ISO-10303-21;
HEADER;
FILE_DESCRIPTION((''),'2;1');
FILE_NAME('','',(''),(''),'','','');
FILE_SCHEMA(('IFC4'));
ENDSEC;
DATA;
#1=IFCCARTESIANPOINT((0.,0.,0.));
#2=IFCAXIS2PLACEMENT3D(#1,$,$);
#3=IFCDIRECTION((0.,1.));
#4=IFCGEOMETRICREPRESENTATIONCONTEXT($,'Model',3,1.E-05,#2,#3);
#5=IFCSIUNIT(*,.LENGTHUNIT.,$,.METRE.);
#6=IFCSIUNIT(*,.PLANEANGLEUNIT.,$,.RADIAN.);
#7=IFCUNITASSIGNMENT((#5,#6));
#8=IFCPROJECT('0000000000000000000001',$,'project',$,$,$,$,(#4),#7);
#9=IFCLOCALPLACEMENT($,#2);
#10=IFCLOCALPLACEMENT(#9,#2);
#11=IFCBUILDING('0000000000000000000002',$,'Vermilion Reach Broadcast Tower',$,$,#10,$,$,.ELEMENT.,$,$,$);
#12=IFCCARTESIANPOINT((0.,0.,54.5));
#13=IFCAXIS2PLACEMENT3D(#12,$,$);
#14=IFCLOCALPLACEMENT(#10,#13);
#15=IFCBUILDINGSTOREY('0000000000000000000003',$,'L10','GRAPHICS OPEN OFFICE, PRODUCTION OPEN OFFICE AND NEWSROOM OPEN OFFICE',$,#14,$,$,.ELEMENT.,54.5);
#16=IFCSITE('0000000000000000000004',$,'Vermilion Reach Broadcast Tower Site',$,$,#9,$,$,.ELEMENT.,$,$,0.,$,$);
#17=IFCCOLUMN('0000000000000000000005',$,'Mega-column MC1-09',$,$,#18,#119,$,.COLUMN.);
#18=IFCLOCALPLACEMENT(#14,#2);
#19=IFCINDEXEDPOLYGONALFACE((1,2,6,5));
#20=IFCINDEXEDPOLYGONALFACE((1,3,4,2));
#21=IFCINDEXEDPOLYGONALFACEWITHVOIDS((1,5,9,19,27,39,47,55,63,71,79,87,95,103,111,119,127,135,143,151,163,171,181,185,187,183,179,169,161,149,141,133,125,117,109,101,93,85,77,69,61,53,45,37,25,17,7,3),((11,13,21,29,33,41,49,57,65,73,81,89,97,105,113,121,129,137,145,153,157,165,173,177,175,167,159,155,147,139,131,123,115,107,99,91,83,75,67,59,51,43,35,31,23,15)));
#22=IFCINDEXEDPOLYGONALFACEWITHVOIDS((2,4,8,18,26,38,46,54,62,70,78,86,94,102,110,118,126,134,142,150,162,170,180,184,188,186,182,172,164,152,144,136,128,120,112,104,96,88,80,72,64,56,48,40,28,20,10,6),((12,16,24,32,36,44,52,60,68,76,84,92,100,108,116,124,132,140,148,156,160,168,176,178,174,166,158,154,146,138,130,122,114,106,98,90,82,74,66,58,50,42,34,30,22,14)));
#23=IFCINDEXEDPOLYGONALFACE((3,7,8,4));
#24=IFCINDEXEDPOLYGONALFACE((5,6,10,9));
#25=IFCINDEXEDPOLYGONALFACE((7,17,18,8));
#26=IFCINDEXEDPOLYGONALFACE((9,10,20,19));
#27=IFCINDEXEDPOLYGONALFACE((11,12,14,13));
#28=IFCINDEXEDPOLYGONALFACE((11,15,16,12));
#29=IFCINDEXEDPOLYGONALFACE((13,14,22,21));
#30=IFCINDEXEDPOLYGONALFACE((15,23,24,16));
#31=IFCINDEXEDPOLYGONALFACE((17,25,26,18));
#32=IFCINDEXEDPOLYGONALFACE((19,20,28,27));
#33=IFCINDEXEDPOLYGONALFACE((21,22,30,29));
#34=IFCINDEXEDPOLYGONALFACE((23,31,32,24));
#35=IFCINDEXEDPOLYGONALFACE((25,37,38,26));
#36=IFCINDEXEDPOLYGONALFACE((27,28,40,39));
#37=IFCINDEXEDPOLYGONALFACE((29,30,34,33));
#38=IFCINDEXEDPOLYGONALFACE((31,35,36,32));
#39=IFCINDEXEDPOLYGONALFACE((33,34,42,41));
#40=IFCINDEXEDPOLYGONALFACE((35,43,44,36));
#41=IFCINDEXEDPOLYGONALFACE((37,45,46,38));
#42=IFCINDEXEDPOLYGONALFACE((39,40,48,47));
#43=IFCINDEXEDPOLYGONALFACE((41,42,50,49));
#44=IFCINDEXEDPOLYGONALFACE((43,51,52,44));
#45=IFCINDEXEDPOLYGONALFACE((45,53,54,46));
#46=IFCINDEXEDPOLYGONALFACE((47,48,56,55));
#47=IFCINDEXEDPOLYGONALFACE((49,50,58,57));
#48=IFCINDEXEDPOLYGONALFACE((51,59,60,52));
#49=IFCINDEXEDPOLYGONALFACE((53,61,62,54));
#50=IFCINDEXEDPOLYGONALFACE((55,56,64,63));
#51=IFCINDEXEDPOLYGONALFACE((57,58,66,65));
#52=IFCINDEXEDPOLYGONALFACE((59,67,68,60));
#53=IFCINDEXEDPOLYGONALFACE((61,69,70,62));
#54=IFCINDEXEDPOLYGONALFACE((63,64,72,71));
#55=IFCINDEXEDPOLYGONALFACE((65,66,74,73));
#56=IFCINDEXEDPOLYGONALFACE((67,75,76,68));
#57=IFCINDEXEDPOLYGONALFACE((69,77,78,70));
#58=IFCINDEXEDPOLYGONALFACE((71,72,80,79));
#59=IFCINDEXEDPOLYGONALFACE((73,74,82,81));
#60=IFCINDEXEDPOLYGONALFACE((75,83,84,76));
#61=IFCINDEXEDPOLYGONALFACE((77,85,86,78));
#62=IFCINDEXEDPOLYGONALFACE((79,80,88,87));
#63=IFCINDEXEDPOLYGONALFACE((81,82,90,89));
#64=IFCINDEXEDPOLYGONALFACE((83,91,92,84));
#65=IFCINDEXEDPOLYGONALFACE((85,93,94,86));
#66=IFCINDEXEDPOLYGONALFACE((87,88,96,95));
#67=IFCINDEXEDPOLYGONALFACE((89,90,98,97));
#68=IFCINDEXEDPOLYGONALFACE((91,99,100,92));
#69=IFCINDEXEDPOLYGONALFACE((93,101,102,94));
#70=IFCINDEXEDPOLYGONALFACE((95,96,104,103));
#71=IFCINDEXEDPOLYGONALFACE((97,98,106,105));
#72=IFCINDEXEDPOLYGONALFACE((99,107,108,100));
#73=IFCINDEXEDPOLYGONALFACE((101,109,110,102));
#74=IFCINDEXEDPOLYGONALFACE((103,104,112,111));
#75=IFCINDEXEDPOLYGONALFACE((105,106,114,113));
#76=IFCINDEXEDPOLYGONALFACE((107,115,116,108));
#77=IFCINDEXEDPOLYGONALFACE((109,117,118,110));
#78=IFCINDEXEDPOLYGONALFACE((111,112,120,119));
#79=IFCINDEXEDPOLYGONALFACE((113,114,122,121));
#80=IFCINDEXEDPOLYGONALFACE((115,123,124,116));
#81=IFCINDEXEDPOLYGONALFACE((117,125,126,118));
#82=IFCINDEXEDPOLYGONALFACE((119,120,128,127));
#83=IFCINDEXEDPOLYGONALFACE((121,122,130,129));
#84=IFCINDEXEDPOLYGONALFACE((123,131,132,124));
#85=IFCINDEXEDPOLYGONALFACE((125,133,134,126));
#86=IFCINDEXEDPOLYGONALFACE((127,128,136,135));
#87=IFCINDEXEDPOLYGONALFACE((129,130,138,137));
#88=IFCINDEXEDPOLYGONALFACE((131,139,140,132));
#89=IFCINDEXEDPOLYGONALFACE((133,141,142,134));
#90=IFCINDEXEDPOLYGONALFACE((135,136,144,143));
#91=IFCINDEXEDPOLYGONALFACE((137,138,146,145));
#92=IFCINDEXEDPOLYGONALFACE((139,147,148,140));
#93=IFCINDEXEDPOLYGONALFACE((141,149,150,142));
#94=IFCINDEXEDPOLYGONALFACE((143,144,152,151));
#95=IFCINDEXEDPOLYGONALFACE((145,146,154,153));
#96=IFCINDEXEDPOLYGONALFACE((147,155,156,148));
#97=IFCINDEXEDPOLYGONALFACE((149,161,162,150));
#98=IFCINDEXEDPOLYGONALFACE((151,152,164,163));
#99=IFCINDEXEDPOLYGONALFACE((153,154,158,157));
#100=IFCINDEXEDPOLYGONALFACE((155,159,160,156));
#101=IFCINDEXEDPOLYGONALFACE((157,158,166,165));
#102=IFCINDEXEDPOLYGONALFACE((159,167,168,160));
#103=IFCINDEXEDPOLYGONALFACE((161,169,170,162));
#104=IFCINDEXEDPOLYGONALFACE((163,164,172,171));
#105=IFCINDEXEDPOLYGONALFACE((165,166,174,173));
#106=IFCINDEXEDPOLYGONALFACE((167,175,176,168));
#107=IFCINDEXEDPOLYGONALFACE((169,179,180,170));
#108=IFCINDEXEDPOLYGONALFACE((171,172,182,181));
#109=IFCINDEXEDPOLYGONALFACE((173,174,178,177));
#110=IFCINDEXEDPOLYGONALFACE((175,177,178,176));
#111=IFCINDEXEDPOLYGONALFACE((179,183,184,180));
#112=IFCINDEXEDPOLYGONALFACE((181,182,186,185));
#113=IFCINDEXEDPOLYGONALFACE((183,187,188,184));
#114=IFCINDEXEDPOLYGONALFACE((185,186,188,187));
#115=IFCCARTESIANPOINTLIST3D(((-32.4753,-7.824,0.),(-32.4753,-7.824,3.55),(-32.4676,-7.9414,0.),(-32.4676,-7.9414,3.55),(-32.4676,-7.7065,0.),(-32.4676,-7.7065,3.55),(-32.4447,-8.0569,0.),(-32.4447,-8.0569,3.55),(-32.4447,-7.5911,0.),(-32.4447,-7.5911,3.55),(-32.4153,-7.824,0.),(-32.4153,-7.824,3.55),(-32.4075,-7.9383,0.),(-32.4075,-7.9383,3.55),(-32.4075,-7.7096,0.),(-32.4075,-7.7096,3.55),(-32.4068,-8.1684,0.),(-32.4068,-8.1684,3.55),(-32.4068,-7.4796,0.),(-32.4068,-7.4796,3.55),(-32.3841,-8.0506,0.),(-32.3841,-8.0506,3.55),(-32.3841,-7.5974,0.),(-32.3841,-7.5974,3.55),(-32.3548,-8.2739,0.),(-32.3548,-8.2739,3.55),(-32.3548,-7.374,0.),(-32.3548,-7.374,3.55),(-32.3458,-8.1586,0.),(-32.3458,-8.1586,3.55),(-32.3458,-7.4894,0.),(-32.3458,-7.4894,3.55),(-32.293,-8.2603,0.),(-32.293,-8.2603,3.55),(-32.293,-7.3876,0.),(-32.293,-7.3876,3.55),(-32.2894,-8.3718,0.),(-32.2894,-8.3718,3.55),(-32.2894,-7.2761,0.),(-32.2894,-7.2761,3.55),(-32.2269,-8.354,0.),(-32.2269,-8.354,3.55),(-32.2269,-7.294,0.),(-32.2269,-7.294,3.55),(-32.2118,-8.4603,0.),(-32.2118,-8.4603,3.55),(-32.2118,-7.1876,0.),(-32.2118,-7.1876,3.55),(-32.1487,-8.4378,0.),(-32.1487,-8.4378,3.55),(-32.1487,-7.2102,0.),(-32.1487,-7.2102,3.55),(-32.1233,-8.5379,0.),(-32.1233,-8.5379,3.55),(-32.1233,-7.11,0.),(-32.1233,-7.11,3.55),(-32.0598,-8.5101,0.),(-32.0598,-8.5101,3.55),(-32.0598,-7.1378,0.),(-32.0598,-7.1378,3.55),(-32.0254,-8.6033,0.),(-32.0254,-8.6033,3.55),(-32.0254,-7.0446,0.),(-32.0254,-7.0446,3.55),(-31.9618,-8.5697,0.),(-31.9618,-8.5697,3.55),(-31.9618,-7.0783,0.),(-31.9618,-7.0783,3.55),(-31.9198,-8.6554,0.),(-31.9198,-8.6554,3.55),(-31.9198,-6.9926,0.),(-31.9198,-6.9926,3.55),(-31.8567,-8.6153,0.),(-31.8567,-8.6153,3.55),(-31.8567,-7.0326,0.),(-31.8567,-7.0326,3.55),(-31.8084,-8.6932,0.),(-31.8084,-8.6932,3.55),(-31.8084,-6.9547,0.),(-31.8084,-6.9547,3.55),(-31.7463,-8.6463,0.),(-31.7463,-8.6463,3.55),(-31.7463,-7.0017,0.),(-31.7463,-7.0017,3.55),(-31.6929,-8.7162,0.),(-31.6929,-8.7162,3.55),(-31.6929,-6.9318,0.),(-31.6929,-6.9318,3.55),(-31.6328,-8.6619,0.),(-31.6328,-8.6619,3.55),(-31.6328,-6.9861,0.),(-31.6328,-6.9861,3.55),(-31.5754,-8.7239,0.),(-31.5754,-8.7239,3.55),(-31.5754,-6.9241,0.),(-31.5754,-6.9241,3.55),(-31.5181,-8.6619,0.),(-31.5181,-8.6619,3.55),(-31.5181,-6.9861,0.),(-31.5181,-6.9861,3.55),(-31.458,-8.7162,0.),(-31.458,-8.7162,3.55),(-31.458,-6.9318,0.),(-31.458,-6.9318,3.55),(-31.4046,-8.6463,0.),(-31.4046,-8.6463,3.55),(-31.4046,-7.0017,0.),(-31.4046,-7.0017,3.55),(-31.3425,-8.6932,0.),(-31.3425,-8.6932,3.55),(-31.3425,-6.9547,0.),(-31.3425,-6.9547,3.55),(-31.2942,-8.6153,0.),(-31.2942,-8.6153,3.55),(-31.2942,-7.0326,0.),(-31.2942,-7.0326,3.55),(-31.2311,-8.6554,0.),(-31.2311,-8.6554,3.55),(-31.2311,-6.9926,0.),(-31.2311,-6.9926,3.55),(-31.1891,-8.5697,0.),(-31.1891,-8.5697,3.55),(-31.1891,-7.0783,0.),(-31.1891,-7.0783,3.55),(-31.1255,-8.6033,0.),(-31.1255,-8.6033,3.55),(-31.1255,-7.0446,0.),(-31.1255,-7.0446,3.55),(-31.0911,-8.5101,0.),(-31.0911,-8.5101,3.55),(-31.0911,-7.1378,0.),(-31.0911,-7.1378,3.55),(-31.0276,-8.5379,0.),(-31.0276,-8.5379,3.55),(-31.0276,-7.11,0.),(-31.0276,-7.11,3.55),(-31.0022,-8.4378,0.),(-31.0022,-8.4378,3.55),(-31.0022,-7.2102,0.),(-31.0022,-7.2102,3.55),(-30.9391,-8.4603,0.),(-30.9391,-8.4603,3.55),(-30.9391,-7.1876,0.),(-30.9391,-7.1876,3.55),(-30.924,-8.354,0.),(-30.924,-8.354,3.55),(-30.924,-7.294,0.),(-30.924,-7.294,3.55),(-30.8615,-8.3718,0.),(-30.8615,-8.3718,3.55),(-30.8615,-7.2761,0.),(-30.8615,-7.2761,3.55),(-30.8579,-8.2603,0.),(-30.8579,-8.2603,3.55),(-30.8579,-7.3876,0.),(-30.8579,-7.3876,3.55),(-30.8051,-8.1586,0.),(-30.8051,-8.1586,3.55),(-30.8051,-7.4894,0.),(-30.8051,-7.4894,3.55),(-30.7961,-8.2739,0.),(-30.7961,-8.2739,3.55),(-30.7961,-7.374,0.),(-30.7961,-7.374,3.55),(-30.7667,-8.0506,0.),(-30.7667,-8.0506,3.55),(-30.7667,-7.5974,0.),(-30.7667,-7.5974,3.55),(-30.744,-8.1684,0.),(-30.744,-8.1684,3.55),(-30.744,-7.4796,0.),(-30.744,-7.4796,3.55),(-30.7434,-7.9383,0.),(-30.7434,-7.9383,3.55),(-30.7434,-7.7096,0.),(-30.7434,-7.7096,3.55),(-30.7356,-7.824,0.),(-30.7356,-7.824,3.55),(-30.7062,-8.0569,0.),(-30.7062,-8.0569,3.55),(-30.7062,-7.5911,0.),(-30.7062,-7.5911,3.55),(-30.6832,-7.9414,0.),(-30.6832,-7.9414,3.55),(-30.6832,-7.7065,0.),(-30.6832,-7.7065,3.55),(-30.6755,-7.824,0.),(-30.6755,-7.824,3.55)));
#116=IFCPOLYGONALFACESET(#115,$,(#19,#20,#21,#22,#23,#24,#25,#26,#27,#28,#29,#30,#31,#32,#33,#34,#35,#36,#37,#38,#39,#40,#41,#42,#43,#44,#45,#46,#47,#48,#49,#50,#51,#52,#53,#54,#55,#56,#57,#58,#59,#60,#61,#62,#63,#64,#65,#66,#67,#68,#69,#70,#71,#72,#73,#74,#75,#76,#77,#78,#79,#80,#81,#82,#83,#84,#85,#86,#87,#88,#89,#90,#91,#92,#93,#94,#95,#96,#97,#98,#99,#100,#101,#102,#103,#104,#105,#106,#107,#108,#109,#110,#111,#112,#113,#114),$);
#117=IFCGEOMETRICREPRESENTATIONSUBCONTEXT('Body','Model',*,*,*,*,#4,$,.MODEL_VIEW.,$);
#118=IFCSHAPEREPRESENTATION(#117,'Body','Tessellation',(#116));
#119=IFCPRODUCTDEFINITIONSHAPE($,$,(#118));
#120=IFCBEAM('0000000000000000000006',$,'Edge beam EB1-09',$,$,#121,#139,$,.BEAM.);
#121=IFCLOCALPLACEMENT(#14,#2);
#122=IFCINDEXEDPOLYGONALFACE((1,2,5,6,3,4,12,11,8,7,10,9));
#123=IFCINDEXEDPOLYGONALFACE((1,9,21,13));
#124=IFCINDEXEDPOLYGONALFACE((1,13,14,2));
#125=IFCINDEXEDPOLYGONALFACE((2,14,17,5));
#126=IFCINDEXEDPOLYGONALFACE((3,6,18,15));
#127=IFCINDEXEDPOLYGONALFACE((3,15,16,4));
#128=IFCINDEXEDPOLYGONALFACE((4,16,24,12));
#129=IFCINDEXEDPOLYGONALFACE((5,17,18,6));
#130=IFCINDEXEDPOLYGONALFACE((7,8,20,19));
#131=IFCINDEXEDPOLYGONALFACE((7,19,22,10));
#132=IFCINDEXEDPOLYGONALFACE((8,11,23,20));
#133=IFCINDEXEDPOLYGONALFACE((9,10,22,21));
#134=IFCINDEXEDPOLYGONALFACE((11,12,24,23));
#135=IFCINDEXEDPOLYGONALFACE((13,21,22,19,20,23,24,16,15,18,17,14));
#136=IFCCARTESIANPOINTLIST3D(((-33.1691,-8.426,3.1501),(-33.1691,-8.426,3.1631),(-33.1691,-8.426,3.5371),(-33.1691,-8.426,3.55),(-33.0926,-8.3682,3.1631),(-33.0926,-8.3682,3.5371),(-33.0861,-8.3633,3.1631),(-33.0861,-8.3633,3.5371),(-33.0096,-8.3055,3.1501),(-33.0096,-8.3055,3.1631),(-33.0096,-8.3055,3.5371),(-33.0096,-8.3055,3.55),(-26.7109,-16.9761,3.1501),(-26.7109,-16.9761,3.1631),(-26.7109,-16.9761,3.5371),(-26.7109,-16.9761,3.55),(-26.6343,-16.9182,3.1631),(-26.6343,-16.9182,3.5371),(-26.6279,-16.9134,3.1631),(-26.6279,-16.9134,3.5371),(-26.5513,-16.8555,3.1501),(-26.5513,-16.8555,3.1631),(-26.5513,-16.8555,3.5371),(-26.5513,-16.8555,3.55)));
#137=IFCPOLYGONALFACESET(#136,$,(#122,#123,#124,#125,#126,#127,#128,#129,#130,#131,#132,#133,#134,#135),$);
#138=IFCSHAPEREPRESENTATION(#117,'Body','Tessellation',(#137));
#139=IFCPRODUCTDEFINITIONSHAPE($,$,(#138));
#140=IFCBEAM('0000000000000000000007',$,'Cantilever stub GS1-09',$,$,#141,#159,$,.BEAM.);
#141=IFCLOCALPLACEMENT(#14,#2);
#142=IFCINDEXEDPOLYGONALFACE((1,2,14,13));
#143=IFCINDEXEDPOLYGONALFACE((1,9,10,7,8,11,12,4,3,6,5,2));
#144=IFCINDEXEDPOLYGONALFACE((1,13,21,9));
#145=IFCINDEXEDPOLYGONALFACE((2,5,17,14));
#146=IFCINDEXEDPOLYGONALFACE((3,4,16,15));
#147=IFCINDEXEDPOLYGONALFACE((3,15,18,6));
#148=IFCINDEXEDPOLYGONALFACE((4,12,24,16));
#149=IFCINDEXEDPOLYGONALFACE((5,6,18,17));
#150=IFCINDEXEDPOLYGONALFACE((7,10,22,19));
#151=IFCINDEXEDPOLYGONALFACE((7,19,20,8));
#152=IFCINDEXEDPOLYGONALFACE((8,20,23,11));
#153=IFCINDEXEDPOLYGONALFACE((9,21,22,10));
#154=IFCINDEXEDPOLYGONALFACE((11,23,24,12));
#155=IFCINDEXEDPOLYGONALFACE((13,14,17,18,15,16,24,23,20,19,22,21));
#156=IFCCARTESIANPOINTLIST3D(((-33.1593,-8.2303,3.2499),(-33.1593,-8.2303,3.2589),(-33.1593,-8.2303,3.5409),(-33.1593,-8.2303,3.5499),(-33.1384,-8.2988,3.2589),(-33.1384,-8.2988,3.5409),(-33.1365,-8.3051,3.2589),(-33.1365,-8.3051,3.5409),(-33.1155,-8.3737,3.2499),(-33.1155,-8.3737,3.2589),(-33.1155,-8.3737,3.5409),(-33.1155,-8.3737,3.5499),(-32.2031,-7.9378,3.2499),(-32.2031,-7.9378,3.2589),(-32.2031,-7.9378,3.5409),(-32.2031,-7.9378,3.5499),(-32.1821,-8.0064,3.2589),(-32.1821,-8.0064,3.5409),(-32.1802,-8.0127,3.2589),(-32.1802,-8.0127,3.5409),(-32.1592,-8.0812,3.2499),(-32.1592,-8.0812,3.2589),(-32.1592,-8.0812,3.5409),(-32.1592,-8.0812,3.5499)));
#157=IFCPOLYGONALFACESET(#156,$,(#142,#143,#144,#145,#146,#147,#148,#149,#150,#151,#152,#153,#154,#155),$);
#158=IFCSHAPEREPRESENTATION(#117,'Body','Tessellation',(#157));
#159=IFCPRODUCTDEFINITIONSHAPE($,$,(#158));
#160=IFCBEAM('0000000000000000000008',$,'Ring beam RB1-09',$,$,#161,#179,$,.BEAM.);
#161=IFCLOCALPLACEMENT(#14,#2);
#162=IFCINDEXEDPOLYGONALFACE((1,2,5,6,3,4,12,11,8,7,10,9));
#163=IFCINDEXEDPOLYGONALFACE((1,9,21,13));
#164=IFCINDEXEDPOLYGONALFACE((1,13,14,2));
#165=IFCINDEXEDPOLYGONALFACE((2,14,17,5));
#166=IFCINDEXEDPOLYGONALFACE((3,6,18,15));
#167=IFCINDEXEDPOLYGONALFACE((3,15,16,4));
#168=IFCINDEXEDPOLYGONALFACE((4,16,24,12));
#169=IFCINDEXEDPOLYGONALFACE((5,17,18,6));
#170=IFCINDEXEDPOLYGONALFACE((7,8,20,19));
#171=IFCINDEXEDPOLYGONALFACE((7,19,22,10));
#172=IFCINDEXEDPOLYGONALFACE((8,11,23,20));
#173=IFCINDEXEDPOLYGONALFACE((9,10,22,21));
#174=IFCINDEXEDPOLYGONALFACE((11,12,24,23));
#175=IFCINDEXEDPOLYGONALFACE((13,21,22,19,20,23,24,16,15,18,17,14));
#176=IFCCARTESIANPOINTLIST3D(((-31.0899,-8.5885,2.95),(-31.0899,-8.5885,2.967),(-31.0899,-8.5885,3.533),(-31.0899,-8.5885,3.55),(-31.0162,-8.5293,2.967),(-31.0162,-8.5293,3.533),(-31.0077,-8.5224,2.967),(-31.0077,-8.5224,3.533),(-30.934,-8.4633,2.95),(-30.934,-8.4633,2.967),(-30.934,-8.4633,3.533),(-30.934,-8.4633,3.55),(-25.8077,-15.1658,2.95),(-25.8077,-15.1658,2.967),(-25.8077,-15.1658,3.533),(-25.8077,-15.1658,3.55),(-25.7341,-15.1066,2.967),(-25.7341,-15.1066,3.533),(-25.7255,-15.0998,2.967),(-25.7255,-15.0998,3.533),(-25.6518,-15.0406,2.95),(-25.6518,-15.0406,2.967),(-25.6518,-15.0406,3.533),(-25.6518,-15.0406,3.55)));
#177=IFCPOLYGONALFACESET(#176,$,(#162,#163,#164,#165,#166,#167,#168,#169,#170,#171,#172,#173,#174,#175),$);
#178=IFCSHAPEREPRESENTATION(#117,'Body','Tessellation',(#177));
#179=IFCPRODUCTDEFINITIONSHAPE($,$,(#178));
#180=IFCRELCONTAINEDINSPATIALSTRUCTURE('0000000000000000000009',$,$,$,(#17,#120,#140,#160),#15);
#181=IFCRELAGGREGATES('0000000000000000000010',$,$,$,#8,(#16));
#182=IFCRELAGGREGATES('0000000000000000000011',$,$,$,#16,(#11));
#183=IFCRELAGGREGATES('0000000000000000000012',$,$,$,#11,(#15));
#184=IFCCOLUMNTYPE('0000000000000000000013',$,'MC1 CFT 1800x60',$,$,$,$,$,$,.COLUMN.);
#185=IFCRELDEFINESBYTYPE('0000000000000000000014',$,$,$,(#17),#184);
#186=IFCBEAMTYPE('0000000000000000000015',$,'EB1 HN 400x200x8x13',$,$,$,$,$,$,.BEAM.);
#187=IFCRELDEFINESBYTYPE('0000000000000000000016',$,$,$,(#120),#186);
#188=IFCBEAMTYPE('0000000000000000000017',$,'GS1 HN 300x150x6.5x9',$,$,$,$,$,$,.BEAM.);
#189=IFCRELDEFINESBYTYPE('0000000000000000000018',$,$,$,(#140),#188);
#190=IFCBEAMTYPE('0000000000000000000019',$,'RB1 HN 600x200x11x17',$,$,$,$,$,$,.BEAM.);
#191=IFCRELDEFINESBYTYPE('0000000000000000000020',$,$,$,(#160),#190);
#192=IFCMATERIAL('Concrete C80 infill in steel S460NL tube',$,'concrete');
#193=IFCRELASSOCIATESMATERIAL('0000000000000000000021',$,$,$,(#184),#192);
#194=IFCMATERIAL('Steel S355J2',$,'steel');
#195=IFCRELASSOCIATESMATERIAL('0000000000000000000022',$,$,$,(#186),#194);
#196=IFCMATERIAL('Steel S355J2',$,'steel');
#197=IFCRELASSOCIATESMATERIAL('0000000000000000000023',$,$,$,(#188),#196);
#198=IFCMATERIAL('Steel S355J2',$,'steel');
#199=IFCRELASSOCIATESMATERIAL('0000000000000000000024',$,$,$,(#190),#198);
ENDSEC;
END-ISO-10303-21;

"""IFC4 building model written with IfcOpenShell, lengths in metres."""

from ifc_helpers import new_model, si_unit, direction, frame, origin, origin_2d, place, context, subcontext, project, spatial, hollow_circle, i_section, extrude, material, material_profile, profile_set, type_object, element, save


model = new_model("IFC4")

# Units and contexts
model_context = context("Model", 3, precision=1e-05, world=origin(), true_north=direction((0.0, 1.0)))
body_context = subcontext(model_context, "Body", "Model", "MODEL_VIEW")
ifc_project = project(units=[si_unit("LENGTHUNIT", "METRE"), si_unit("PLANEANGLEUNIT", "RADIAN")], contexts=[model_context])

# Site, building, storey
site_placement = place(None, origin())
site = spatial("IfcSite", under=ifc_project, at=site_placement, Name="Vermilion Reach Broadcast Tower Site", CompositionType="ELEMENT", RefElevation=0.0)
building_placement = place(site_placement, origin())
building = spatial("IfcBuilding", under=site, at=building_placement, Name="Vermilion Reach Broadcast Tower", CompositionType="ELEMENT")
storey_placement = place(building_placement, frame((0.0, 0.0, 54.5)))
storey = spatial("IfcBuildingStorey", under=building, at=storey_placement, Name="L10", Description="GRAPHICS OPEN OFFICE, PRODUCTION OPEN OFFICE AND NEWSROOM OPEN OFFICE", CompositionType="ELEMENT", Elevation=54.5)

# Column
ifc_material_1 = material(Name="Concrete C80 infill in steel S460NL tube", Category="concrete")
ifc_material_profile_1 = material_profile(ifc_material_1, hollow_circle(Radius=0.8999, WallThickness=0.0601, at=origin_2d()), Name="Concrete C80 infill in steel S460NL tube CFT 1800x60")
ifc_profile_set_1 = profile_set([ifc_material_profile_1], Name="Concrete C80 infill in steel S460NL tube")
column_type = type_object("IfcColumnType", Name="MC1 CFT 1800x60", PredefinedType="COLUMN", material=ifc_profile_set_1)
column_placement = place(storey_placement, frame((-31.5754, -7.824, 0.0), z_axis=(0.0, 0.0, 1.0), x_axis=(1.0, 0.0, 0.0)))
element("IfcColumn", 1, at=column_placement, inside=storey, type_object=column_type, Name="Mega-column MC1-09", PredefinedType="COLUMN", context=body_context, shape_type="SweptSolid", body=[
    extrude(hollow_circle(Radius=0.8999, WallThickness=0.0601, at=origin_2d()), origin(), (0.0, 0.0, 1.0), 3.55),
])

# Beams
ifc_material_2 = material(Name="Steel S355J2", Category="steel")
ifc_material_profile_2 = material_profile(ifc_material_2, i_section(OverallWidth=0.2, OverallDepth=0.3999, WebThickness=0.0081, FlangeThickness=0.0129, at=origin_2d()), Name="S355J2 HN 400x200x8x13")
ifc_profile_set_2 = profile_set([ifc_material_profile_2], Name="Steel S355J2")
beam_type_1 = type_object("IfcBeamType", Name="EB1 HN 400x200x8x13", PredefinedType="BEAM", material=ifc_profile_set_2)
beam_1_placement = place(storey_placement, frame((-33.0894, -8.3657, 3.3501), z_axis=(0.602727, -0.797947, 0.0), x_axis=(0.797947, 0.602727, 0.0)))
element("IfcBeam", 2, at=beam_1_placement, inside=storey, type_object=beam_type_1, Name="Edge beam EB1-09", PredefinedType="BEAM", context=body_context, shape_type="SweptSolid", body=[
    extrude(i_section(OverallWidth=0.2, OverallDepth=0.3999, WebThickness=0.0081, FlangeThickness=0.0129, at=origin_2d()), origin(), (0.0, 0.0, 1.0), 10.7151),
])
ifc_material_3 = material(Name="Steel S355J2", Category="steel")
ifc_material_profile_3 = material_profile(ifc_material_3, i_section(OverallWidth=0.1499, OverallDepth=0.3, WebThickness=0.0066, FlangeThickness=0.009, at=origin_2d()), Name="S355J2 HN 300x150x6.5x9")
ifc_profile_set_3 = profile_set([ifc_material_profile_3], Name="Steel S355J2")
beam_type_2 = type_object("IfcBeamType", Name="GS1 HN 300x150x6.5x9", PredefinedType="BEAM", material=ifc_profile_set_3)
beam_2_placement = place(storey_placement, frame((-32.1812, -8.0095, 3.3999), z_axis=(-0.956274, -0.292473, 0.0), x_axis=(0.292473, -0.956274, 0.0)))
element("IfcBeam", 3, at=beam_2_placement, inside=storey, type_object=beam_type_2, Name="Cantilever stub GS1-09", PredefinedType="BEAM", context=body_context, shape_type="SweptSolid", body=[
    extrude(i_section(OverallWidth=0.1499, OverallDepth=0.3, WebThickness=0.0066, FlangeThickness=0.009, at=origin_2d()), origin(), (0.0, 0.0, 1.0), 1.0),
])
ifc_material_4 = material(Name="Steel S355J2", Category="steel")
ifc_material_profile_4 = material_profile(ifc_material_4, i_section(OverallWidth=0.2, OverallDepth=0.6001, WebThickness=0.011, FlangeThickness=0.0171, at=origin_2d()), Name="S355J2 HN 600x200x11x17")
ifc_profile_set_4 = profile_set([ifc_material_profile_4], Name="Steel S355J2")
beam_type_3 = type_object("IfcBeamType", Name="RB1 HN 600x200x11x17", PredefinedType="BEAM", material=ifc_profile_set_4)
beam_3_placement = place(storey_placement, frame((-31.012, -8.5259, 3.25), z_axis=(0.626162, -0.779693, 0.0), x_axis=(0.779693, 0.626162, 0.0)))
element("IfcBeam", 4, at=beam_3_placement, inside=storey, type_object=beam_type_3, Name="Ring beam RB1-09", PredefinedType="BEAM", context=body_context, shape_type="SweptSolid", body=[
    extrude(i_section(OverallWidth=0.2, OverallDepth=0.6001, WebThickness=0.011, FlangeThickness=0.0171, at=origin_2d()), origin(), (0.0, 0.0, 1.0), 8.4358),
])

save(model, "model.ifc")
